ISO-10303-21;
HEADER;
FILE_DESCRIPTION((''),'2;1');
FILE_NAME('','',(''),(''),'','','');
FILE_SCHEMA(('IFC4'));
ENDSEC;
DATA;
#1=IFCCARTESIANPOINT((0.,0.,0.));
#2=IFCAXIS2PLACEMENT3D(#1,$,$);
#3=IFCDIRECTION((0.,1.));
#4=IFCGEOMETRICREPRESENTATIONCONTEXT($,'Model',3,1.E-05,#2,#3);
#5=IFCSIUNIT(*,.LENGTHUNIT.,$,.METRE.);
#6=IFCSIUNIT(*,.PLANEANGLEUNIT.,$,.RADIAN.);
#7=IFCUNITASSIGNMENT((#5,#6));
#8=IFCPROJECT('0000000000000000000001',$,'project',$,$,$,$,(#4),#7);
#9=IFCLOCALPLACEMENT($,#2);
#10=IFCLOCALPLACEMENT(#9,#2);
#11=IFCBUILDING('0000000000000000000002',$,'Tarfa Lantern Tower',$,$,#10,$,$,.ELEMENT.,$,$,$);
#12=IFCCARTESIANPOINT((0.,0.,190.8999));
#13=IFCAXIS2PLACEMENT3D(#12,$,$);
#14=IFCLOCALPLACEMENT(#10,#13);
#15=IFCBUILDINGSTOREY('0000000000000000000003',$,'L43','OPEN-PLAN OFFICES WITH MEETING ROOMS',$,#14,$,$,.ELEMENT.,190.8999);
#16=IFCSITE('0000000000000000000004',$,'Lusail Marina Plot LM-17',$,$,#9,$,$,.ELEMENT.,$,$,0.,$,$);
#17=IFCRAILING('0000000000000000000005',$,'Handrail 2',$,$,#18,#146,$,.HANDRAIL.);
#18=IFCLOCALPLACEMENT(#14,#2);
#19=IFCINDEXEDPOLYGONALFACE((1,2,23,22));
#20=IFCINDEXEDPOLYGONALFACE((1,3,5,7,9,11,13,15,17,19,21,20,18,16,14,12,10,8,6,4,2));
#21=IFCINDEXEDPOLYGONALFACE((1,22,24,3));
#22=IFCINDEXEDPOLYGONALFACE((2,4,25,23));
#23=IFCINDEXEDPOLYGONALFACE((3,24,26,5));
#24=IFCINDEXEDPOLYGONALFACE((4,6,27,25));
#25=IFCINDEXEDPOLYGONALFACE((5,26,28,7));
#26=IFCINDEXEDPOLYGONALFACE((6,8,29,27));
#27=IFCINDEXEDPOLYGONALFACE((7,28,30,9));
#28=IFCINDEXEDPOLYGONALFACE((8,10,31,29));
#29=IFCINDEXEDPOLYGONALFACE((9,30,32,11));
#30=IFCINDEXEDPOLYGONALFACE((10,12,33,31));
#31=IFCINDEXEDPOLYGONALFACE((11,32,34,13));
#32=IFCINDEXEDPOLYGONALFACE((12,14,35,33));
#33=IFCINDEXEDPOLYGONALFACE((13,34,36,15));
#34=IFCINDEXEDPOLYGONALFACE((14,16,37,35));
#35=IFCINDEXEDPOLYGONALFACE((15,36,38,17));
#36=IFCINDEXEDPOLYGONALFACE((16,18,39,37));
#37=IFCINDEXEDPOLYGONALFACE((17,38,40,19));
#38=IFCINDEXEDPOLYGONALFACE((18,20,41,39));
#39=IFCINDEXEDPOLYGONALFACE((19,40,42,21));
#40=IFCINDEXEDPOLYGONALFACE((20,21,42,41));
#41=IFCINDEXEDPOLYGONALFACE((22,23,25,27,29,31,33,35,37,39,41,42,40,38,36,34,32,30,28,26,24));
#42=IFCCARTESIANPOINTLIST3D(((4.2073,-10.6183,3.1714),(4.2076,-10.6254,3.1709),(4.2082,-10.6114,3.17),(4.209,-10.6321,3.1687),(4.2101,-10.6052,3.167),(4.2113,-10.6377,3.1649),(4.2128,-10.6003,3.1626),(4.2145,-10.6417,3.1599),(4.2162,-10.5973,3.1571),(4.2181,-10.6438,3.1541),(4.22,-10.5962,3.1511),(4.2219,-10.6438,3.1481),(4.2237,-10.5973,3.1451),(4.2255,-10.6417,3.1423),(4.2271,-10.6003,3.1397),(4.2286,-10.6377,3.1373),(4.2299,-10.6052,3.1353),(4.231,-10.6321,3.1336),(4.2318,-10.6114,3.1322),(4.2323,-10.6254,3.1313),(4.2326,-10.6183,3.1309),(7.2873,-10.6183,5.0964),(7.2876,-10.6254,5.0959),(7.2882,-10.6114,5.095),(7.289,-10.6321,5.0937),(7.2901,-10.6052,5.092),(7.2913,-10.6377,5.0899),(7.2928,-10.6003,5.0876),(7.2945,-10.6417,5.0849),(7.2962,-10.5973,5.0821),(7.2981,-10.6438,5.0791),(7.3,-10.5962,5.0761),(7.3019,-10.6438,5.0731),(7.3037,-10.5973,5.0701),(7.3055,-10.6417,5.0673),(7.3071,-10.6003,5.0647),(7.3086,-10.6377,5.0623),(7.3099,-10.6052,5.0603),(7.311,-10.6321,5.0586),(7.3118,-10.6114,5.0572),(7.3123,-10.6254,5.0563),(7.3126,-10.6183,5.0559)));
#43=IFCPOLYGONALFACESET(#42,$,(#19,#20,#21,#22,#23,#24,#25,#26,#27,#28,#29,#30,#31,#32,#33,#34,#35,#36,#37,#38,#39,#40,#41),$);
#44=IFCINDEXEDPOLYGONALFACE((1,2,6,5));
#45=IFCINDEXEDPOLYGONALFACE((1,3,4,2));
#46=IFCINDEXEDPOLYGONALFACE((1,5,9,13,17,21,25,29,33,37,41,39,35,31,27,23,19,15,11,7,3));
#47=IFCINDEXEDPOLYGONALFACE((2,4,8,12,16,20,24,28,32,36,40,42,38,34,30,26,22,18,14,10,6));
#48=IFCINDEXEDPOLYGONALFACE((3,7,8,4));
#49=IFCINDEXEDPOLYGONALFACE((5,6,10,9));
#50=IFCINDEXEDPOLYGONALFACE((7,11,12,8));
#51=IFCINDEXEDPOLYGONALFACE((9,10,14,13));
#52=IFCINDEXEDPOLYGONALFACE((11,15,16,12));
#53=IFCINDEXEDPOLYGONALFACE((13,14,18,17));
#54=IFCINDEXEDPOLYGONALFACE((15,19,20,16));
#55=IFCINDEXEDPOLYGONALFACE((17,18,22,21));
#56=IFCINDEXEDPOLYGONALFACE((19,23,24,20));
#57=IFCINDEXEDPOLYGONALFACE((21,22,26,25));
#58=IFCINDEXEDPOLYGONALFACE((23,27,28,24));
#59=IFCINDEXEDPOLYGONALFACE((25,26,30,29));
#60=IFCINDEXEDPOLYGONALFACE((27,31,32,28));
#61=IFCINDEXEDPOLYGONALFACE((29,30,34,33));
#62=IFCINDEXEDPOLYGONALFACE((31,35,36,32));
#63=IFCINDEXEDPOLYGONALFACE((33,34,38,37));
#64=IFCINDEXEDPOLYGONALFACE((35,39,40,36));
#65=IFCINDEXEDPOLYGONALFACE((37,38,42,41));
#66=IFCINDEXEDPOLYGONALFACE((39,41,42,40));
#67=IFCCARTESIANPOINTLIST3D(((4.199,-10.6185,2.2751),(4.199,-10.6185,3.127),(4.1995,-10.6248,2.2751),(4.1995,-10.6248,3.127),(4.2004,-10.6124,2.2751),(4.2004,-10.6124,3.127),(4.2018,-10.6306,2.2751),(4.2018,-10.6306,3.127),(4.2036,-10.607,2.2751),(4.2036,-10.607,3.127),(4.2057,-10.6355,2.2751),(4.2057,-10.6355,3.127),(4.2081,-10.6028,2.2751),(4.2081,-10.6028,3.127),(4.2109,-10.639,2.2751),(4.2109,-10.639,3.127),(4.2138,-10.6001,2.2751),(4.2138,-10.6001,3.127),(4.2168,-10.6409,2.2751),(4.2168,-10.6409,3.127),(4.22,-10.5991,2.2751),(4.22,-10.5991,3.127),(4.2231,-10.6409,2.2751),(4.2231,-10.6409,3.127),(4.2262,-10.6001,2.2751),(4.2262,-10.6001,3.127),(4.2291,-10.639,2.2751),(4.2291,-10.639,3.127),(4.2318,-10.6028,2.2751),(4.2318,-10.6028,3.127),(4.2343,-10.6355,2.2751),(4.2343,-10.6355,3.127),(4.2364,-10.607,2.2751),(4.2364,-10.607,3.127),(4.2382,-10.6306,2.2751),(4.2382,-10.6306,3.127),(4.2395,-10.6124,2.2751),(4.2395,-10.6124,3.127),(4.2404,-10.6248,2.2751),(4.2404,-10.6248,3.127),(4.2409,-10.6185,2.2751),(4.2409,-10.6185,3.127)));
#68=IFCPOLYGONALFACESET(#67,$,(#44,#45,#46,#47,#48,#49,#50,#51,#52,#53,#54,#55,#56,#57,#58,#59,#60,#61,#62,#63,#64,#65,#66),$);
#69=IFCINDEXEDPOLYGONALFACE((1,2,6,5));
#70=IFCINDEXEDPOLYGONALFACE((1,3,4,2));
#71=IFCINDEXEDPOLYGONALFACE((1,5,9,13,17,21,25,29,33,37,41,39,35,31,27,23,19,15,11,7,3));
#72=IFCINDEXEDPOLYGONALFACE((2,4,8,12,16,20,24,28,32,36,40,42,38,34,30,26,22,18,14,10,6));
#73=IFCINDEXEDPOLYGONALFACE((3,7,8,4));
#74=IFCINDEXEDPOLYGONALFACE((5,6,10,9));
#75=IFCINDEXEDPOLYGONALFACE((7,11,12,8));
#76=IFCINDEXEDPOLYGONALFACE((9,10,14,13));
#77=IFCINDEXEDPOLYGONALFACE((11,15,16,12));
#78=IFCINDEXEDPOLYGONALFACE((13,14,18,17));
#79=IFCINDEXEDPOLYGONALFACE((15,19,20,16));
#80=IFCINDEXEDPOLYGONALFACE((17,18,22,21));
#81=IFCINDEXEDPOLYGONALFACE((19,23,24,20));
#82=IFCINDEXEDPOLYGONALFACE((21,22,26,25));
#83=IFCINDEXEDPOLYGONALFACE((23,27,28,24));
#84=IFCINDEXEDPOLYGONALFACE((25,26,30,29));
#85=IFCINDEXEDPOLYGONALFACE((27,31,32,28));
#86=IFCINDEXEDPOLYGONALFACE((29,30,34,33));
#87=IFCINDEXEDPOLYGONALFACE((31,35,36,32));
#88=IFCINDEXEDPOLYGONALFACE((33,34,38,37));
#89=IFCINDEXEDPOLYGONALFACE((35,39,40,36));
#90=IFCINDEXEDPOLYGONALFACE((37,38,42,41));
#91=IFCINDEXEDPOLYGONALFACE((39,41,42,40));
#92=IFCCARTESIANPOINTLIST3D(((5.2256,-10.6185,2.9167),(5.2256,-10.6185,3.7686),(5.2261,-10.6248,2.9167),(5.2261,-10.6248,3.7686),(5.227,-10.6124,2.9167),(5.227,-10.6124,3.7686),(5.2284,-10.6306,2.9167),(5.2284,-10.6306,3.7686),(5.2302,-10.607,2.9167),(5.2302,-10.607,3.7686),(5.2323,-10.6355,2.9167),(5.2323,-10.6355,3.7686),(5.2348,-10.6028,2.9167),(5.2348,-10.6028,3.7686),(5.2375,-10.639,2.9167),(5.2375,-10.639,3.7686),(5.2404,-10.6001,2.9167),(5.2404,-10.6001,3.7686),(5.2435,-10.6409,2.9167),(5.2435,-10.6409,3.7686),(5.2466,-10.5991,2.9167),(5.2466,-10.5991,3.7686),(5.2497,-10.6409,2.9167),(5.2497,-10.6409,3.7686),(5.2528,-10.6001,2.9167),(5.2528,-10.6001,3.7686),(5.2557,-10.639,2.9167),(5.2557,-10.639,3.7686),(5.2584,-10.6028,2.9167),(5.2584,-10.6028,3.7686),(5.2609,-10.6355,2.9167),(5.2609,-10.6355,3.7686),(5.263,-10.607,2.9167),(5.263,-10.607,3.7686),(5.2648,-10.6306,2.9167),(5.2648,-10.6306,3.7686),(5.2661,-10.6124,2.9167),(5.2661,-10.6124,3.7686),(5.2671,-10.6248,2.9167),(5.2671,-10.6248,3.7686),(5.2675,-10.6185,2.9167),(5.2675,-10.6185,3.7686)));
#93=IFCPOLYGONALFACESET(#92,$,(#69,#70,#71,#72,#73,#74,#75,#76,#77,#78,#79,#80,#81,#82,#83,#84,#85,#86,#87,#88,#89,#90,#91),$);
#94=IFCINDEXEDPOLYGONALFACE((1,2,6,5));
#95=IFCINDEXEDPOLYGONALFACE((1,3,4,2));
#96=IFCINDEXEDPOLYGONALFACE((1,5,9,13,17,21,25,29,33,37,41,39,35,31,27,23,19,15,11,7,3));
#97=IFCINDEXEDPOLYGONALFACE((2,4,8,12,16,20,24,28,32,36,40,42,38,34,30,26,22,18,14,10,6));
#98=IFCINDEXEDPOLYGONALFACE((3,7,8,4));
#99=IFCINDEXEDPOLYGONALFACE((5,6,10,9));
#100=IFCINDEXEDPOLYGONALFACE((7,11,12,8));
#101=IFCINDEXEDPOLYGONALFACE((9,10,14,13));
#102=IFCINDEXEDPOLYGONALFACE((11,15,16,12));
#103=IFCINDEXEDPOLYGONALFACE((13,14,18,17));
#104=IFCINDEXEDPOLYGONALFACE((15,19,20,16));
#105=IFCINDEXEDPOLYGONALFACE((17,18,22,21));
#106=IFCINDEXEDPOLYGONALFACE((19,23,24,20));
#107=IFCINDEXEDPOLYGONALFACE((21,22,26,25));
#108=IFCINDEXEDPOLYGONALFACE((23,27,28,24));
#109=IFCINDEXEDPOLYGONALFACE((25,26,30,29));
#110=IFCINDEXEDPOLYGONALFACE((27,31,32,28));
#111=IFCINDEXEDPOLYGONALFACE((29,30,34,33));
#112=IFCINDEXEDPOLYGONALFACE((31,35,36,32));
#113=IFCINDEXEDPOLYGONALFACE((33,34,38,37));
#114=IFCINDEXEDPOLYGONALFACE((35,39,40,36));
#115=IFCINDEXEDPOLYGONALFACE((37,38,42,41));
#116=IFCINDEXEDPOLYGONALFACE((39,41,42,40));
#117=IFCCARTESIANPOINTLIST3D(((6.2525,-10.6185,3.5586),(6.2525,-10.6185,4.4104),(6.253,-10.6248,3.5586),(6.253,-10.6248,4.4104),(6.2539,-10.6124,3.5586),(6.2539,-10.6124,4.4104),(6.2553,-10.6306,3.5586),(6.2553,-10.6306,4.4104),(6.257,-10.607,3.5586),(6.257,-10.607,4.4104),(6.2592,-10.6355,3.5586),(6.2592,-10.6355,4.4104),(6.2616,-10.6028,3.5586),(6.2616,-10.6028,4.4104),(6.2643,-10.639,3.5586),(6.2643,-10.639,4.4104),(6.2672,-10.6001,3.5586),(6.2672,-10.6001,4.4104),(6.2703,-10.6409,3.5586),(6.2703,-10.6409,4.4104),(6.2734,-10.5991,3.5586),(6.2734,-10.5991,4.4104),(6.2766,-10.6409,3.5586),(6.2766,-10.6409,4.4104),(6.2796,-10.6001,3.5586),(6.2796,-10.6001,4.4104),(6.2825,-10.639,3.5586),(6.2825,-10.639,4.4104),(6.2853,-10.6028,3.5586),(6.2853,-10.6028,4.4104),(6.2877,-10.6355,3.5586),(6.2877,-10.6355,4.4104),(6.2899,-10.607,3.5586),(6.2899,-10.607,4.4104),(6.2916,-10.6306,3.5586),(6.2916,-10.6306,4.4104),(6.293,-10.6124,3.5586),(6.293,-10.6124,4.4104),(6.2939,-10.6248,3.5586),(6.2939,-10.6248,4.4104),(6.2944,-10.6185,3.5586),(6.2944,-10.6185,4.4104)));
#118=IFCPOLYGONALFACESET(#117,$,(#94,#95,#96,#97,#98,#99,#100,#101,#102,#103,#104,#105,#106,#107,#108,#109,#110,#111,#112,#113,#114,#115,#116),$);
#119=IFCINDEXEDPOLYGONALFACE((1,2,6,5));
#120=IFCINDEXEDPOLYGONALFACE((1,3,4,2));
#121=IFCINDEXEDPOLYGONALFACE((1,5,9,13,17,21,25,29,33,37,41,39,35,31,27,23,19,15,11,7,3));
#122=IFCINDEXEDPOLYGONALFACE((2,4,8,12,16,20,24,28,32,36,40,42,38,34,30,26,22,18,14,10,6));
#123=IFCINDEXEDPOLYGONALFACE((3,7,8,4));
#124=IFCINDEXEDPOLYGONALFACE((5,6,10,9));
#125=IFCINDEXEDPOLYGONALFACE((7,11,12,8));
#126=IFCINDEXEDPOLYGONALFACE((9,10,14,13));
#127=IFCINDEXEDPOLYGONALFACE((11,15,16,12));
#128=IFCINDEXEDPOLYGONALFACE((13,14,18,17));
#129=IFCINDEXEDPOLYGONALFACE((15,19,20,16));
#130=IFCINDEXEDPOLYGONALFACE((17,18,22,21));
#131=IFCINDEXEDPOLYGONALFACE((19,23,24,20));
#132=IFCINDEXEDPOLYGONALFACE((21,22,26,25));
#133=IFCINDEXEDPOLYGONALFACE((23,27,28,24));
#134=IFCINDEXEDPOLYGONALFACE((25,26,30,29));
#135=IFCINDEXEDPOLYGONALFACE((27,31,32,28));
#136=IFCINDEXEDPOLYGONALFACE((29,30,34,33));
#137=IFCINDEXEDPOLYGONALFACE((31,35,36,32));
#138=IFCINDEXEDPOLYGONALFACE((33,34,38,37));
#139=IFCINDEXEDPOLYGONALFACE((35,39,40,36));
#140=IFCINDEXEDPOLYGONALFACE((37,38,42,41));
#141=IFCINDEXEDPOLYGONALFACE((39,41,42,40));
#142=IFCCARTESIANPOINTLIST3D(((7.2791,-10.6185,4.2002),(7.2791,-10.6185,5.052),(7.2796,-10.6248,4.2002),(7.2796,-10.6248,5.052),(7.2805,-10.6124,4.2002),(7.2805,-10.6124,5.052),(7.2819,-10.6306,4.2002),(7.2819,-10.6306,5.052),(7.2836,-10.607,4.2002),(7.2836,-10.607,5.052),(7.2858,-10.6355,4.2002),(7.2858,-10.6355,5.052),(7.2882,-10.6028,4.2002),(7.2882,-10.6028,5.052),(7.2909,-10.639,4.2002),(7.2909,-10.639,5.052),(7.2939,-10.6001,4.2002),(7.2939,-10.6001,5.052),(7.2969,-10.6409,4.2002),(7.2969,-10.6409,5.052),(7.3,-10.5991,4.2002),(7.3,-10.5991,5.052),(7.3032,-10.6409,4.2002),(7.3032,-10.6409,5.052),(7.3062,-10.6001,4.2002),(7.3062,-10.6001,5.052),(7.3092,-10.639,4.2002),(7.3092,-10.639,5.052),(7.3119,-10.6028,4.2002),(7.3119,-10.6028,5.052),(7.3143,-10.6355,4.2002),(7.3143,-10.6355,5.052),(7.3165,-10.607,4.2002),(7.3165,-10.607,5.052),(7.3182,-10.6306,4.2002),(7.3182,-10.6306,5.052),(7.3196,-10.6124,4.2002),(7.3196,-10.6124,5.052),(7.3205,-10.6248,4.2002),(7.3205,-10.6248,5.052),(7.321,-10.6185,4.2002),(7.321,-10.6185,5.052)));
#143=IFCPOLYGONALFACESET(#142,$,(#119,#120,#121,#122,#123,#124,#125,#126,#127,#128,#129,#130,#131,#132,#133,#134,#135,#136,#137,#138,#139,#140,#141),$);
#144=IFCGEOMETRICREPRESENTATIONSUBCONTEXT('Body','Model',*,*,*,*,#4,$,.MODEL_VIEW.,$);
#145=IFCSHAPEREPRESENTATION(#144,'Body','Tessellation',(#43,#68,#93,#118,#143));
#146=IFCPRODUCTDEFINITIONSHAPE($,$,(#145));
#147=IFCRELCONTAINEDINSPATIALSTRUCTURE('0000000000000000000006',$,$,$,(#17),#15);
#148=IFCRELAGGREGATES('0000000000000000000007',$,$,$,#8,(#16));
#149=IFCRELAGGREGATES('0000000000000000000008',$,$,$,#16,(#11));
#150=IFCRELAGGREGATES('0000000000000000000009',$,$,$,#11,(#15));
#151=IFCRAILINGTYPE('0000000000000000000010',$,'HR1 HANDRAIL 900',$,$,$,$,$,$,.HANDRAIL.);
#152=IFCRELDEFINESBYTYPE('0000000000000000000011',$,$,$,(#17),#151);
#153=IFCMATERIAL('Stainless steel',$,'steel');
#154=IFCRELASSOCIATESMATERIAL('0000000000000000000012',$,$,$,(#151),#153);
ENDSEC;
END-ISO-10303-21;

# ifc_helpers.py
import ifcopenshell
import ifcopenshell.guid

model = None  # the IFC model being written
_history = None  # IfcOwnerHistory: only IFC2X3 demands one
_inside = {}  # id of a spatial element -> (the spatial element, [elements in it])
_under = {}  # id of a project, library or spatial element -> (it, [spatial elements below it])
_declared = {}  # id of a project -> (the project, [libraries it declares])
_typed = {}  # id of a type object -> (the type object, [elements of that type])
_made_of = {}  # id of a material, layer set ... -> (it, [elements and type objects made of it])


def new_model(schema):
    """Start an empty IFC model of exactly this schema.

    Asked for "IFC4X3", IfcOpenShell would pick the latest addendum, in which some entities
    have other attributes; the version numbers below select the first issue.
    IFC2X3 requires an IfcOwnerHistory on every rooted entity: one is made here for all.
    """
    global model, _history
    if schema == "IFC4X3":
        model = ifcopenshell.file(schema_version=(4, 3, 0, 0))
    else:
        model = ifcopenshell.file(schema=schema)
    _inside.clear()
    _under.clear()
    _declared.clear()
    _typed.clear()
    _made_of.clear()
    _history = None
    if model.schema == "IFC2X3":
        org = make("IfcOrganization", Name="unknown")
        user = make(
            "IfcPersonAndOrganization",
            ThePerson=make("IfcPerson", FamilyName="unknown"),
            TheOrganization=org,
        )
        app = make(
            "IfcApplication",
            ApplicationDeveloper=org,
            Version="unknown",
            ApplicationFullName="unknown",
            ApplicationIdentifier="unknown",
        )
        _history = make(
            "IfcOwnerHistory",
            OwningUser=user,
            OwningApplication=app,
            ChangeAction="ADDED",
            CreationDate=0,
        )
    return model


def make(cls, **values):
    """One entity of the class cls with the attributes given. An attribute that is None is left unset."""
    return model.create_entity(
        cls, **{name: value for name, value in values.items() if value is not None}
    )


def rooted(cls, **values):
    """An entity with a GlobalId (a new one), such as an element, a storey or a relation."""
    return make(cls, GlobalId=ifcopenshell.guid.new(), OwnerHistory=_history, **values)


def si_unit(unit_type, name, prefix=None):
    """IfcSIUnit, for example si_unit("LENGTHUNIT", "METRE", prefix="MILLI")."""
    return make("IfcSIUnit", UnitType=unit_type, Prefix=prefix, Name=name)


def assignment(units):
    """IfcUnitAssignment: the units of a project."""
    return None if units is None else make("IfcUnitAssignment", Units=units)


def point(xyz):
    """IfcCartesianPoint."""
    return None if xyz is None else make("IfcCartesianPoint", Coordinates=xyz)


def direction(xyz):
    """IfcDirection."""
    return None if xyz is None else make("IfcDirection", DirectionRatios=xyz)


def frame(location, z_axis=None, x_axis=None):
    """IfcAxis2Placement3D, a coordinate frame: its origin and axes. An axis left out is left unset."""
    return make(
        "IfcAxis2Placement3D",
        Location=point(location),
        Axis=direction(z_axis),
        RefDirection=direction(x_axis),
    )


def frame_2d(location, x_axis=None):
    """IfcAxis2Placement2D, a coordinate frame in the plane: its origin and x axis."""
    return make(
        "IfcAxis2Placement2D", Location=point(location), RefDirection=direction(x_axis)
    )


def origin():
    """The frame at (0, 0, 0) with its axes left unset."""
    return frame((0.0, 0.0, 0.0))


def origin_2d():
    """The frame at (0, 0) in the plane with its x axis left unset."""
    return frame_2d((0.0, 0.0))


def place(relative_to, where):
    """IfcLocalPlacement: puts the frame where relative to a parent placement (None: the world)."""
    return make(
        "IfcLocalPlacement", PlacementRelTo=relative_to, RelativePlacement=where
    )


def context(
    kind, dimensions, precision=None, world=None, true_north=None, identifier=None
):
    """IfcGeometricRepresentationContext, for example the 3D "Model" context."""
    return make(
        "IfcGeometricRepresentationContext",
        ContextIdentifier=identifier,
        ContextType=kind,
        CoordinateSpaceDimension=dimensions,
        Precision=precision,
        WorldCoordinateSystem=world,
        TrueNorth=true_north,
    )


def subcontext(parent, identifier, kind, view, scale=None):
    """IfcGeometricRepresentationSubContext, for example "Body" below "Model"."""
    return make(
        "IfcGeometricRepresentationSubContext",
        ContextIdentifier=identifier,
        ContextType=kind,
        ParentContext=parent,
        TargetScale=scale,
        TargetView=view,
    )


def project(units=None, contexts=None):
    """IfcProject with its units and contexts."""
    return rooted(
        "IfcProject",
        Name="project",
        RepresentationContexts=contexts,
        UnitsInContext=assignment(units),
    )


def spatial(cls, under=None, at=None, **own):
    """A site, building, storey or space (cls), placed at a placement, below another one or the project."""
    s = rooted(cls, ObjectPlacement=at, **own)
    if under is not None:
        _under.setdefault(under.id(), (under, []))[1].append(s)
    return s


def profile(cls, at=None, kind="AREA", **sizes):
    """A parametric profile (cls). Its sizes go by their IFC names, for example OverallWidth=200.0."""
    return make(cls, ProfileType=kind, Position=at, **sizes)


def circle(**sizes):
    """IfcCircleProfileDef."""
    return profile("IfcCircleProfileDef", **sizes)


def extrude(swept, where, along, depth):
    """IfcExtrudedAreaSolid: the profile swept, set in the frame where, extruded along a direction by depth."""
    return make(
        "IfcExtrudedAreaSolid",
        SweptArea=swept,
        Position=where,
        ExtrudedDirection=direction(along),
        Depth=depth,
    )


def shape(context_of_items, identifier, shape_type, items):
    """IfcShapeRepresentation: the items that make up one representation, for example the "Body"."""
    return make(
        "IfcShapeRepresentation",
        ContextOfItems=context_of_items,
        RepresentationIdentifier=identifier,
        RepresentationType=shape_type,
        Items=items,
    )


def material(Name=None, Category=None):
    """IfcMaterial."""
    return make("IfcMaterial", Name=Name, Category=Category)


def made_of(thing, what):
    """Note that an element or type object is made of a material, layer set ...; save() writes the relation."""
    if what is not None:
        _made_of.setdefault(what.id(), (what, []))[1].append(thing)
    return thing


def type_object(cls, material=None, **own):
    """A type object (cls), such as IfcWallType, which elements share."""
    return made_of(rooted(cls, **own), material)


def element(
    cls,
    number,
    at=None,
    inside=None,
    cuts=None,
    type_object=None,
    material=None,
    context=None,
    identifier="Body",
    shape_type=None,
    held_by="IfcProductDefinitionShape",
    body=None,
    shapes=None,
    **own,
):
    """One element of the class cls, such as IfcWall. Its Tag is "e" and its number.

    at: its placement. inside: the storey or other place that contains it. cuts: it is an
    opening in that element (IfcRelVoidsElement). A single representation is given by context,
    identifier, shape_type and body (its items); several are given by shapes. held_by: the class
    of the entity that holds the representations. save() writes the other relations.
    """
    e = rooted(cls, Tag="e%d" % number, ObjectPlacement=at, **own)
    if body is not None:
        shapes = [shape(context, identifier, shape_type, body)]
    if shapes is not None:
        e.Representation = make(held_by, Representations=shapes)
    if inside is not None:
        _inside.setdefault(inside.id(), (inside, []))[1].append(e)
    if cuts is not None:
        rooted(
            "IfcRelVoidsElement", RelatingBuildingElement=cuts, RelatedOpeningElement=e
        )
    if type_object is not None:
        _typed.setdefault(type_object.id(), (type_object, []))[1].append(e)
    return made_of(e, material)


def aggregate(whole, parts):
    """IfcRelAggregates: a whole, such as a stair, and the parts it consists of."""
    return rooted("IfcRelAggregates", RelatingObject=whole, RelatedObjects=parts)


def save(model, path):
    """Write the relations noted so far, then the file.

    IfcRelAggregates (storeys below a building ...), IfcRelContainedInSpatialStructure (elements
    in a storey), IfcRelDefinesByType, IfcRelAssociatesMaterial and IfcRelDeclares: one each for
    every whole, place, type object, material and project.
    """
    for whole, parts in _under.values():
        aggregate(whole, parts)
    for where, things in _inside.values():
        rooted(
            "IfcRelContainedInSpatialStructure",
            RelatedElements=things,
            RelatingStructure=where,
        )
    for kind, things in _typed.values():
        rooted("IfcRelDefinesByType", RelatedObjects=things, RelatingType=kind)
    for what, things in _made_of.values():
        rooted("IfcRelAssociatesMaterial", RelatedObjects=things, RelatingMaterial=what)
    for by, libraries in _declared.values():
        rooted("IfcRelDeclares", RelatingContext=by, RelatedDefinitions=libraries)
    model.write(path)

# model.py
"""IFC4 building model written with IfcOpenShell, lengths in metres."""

from ifc_helpers import new_model, si_unit, direction, frame, origin, origin_2d, place, context, subcontext, project, spatial, circle, extrude, material, type_object, element, save


model = new_model("IFC4")

# Units and contexts
model_context = context("Model", 3, precision=1e-05, world=origin(), true_north=direction((0.0, 1.0)))
body_context = subcontext(model_context, "Body", "Model", "MODEL_VIEW")
ifc_project = project(units=[si_unit("LENGTHUNIT", "METRE"), si_unit("PLANEANGLEUNIT", "RADIAN")], contexts=[model_context])

# Site, building, storey
site_placement = place(None, origin())
site = spatial("IfcSite", under=ifc_project, at=site_placement, Name="Lusail Marina Plot LM-17", CompositionType="ELEMENT", RefElevation=0.0)
building_placement = place(site_placement, origin())
building = spatial("IfcBuilding", under=site, at=building_placement, Name="Tarfa Lantern Tower", CompositionType="ELEMENT")
storey_placement = place(building_placement, frame((0.0, 0.0, 190.8999)))
storey = spatial("IfcBuildingStorey", under=building, at=storey_placement, Name="L43", Description="OPEN-PLAN OFFICES WITH MEETING ROOMS", CompositionType="ELEMENT", Elevation=190.8999)

# Railing
ifc_material_1 = material(Name="Stainless steel", Category="steel")
railing_type = type_object("IfcRailingType", Name="HR1 HANDRAIL 900", PredefinedType="HANDRAIL", material=ifc_material_1)
railing_1_placement = place(storey_placement, frame((4.22, -10.6201, 2.2751)))
element("IfcRailing", 1, at=railing_1_placement, inside=storey, type_object=railing_type, Name="Handrail 2", PredefinedType="HANDRAIL", context=body_context, shape_type="SweptSolid", body=[
    extrude(circle(Radius=0.0239, at=origin_2d()), frame((0.0, 0.0, 0.876), z_axis=(0.847998, 0.0, 0.529999), x_axis=(0.0, 1.0, 0.0)), (0.0, 0.0, 1.0), 3.6321),
    extrude(circle(Radius=0.021, at=origin_2d()), frame((0.0, 0.0, 0.0), z_axis=(0.0, 0.0, 1.0), x_axis=(0.0, 1.0, 0.0)), (0.0, 0.0, 1.0), 0.8518),
    extrude(circle(Radius=0.021, at=origin_2d()), frame((1.0266, 0.0, 0.6416), z_axis=(0.0, 0.0, 1.0), x_axis=(0.0, 1.0, 0.0)), (0.0, 0.0, 1.0), 0.8518),
    extrude(circle(Radius=0.021, at=origin_2d()), frame((2.0535, 0.0, 1.2834), z_axis=(0.0, 0.0, 1.0), x_axis=(0.0, 1.0, 0.0)), (0.0, 0.0, 1.0), 0.8518),
    extrude(circle(Radius=0.021, at=origin_2d()), frame((3.0801, 0.0, 1.925), z_axis=(0.0, 0.0, 1.0), x_axis=(0.0, 1.0, 0.0)), (0.0, 0.0, 1.0), 0.8518),
])

save(model, "model.ifc")
